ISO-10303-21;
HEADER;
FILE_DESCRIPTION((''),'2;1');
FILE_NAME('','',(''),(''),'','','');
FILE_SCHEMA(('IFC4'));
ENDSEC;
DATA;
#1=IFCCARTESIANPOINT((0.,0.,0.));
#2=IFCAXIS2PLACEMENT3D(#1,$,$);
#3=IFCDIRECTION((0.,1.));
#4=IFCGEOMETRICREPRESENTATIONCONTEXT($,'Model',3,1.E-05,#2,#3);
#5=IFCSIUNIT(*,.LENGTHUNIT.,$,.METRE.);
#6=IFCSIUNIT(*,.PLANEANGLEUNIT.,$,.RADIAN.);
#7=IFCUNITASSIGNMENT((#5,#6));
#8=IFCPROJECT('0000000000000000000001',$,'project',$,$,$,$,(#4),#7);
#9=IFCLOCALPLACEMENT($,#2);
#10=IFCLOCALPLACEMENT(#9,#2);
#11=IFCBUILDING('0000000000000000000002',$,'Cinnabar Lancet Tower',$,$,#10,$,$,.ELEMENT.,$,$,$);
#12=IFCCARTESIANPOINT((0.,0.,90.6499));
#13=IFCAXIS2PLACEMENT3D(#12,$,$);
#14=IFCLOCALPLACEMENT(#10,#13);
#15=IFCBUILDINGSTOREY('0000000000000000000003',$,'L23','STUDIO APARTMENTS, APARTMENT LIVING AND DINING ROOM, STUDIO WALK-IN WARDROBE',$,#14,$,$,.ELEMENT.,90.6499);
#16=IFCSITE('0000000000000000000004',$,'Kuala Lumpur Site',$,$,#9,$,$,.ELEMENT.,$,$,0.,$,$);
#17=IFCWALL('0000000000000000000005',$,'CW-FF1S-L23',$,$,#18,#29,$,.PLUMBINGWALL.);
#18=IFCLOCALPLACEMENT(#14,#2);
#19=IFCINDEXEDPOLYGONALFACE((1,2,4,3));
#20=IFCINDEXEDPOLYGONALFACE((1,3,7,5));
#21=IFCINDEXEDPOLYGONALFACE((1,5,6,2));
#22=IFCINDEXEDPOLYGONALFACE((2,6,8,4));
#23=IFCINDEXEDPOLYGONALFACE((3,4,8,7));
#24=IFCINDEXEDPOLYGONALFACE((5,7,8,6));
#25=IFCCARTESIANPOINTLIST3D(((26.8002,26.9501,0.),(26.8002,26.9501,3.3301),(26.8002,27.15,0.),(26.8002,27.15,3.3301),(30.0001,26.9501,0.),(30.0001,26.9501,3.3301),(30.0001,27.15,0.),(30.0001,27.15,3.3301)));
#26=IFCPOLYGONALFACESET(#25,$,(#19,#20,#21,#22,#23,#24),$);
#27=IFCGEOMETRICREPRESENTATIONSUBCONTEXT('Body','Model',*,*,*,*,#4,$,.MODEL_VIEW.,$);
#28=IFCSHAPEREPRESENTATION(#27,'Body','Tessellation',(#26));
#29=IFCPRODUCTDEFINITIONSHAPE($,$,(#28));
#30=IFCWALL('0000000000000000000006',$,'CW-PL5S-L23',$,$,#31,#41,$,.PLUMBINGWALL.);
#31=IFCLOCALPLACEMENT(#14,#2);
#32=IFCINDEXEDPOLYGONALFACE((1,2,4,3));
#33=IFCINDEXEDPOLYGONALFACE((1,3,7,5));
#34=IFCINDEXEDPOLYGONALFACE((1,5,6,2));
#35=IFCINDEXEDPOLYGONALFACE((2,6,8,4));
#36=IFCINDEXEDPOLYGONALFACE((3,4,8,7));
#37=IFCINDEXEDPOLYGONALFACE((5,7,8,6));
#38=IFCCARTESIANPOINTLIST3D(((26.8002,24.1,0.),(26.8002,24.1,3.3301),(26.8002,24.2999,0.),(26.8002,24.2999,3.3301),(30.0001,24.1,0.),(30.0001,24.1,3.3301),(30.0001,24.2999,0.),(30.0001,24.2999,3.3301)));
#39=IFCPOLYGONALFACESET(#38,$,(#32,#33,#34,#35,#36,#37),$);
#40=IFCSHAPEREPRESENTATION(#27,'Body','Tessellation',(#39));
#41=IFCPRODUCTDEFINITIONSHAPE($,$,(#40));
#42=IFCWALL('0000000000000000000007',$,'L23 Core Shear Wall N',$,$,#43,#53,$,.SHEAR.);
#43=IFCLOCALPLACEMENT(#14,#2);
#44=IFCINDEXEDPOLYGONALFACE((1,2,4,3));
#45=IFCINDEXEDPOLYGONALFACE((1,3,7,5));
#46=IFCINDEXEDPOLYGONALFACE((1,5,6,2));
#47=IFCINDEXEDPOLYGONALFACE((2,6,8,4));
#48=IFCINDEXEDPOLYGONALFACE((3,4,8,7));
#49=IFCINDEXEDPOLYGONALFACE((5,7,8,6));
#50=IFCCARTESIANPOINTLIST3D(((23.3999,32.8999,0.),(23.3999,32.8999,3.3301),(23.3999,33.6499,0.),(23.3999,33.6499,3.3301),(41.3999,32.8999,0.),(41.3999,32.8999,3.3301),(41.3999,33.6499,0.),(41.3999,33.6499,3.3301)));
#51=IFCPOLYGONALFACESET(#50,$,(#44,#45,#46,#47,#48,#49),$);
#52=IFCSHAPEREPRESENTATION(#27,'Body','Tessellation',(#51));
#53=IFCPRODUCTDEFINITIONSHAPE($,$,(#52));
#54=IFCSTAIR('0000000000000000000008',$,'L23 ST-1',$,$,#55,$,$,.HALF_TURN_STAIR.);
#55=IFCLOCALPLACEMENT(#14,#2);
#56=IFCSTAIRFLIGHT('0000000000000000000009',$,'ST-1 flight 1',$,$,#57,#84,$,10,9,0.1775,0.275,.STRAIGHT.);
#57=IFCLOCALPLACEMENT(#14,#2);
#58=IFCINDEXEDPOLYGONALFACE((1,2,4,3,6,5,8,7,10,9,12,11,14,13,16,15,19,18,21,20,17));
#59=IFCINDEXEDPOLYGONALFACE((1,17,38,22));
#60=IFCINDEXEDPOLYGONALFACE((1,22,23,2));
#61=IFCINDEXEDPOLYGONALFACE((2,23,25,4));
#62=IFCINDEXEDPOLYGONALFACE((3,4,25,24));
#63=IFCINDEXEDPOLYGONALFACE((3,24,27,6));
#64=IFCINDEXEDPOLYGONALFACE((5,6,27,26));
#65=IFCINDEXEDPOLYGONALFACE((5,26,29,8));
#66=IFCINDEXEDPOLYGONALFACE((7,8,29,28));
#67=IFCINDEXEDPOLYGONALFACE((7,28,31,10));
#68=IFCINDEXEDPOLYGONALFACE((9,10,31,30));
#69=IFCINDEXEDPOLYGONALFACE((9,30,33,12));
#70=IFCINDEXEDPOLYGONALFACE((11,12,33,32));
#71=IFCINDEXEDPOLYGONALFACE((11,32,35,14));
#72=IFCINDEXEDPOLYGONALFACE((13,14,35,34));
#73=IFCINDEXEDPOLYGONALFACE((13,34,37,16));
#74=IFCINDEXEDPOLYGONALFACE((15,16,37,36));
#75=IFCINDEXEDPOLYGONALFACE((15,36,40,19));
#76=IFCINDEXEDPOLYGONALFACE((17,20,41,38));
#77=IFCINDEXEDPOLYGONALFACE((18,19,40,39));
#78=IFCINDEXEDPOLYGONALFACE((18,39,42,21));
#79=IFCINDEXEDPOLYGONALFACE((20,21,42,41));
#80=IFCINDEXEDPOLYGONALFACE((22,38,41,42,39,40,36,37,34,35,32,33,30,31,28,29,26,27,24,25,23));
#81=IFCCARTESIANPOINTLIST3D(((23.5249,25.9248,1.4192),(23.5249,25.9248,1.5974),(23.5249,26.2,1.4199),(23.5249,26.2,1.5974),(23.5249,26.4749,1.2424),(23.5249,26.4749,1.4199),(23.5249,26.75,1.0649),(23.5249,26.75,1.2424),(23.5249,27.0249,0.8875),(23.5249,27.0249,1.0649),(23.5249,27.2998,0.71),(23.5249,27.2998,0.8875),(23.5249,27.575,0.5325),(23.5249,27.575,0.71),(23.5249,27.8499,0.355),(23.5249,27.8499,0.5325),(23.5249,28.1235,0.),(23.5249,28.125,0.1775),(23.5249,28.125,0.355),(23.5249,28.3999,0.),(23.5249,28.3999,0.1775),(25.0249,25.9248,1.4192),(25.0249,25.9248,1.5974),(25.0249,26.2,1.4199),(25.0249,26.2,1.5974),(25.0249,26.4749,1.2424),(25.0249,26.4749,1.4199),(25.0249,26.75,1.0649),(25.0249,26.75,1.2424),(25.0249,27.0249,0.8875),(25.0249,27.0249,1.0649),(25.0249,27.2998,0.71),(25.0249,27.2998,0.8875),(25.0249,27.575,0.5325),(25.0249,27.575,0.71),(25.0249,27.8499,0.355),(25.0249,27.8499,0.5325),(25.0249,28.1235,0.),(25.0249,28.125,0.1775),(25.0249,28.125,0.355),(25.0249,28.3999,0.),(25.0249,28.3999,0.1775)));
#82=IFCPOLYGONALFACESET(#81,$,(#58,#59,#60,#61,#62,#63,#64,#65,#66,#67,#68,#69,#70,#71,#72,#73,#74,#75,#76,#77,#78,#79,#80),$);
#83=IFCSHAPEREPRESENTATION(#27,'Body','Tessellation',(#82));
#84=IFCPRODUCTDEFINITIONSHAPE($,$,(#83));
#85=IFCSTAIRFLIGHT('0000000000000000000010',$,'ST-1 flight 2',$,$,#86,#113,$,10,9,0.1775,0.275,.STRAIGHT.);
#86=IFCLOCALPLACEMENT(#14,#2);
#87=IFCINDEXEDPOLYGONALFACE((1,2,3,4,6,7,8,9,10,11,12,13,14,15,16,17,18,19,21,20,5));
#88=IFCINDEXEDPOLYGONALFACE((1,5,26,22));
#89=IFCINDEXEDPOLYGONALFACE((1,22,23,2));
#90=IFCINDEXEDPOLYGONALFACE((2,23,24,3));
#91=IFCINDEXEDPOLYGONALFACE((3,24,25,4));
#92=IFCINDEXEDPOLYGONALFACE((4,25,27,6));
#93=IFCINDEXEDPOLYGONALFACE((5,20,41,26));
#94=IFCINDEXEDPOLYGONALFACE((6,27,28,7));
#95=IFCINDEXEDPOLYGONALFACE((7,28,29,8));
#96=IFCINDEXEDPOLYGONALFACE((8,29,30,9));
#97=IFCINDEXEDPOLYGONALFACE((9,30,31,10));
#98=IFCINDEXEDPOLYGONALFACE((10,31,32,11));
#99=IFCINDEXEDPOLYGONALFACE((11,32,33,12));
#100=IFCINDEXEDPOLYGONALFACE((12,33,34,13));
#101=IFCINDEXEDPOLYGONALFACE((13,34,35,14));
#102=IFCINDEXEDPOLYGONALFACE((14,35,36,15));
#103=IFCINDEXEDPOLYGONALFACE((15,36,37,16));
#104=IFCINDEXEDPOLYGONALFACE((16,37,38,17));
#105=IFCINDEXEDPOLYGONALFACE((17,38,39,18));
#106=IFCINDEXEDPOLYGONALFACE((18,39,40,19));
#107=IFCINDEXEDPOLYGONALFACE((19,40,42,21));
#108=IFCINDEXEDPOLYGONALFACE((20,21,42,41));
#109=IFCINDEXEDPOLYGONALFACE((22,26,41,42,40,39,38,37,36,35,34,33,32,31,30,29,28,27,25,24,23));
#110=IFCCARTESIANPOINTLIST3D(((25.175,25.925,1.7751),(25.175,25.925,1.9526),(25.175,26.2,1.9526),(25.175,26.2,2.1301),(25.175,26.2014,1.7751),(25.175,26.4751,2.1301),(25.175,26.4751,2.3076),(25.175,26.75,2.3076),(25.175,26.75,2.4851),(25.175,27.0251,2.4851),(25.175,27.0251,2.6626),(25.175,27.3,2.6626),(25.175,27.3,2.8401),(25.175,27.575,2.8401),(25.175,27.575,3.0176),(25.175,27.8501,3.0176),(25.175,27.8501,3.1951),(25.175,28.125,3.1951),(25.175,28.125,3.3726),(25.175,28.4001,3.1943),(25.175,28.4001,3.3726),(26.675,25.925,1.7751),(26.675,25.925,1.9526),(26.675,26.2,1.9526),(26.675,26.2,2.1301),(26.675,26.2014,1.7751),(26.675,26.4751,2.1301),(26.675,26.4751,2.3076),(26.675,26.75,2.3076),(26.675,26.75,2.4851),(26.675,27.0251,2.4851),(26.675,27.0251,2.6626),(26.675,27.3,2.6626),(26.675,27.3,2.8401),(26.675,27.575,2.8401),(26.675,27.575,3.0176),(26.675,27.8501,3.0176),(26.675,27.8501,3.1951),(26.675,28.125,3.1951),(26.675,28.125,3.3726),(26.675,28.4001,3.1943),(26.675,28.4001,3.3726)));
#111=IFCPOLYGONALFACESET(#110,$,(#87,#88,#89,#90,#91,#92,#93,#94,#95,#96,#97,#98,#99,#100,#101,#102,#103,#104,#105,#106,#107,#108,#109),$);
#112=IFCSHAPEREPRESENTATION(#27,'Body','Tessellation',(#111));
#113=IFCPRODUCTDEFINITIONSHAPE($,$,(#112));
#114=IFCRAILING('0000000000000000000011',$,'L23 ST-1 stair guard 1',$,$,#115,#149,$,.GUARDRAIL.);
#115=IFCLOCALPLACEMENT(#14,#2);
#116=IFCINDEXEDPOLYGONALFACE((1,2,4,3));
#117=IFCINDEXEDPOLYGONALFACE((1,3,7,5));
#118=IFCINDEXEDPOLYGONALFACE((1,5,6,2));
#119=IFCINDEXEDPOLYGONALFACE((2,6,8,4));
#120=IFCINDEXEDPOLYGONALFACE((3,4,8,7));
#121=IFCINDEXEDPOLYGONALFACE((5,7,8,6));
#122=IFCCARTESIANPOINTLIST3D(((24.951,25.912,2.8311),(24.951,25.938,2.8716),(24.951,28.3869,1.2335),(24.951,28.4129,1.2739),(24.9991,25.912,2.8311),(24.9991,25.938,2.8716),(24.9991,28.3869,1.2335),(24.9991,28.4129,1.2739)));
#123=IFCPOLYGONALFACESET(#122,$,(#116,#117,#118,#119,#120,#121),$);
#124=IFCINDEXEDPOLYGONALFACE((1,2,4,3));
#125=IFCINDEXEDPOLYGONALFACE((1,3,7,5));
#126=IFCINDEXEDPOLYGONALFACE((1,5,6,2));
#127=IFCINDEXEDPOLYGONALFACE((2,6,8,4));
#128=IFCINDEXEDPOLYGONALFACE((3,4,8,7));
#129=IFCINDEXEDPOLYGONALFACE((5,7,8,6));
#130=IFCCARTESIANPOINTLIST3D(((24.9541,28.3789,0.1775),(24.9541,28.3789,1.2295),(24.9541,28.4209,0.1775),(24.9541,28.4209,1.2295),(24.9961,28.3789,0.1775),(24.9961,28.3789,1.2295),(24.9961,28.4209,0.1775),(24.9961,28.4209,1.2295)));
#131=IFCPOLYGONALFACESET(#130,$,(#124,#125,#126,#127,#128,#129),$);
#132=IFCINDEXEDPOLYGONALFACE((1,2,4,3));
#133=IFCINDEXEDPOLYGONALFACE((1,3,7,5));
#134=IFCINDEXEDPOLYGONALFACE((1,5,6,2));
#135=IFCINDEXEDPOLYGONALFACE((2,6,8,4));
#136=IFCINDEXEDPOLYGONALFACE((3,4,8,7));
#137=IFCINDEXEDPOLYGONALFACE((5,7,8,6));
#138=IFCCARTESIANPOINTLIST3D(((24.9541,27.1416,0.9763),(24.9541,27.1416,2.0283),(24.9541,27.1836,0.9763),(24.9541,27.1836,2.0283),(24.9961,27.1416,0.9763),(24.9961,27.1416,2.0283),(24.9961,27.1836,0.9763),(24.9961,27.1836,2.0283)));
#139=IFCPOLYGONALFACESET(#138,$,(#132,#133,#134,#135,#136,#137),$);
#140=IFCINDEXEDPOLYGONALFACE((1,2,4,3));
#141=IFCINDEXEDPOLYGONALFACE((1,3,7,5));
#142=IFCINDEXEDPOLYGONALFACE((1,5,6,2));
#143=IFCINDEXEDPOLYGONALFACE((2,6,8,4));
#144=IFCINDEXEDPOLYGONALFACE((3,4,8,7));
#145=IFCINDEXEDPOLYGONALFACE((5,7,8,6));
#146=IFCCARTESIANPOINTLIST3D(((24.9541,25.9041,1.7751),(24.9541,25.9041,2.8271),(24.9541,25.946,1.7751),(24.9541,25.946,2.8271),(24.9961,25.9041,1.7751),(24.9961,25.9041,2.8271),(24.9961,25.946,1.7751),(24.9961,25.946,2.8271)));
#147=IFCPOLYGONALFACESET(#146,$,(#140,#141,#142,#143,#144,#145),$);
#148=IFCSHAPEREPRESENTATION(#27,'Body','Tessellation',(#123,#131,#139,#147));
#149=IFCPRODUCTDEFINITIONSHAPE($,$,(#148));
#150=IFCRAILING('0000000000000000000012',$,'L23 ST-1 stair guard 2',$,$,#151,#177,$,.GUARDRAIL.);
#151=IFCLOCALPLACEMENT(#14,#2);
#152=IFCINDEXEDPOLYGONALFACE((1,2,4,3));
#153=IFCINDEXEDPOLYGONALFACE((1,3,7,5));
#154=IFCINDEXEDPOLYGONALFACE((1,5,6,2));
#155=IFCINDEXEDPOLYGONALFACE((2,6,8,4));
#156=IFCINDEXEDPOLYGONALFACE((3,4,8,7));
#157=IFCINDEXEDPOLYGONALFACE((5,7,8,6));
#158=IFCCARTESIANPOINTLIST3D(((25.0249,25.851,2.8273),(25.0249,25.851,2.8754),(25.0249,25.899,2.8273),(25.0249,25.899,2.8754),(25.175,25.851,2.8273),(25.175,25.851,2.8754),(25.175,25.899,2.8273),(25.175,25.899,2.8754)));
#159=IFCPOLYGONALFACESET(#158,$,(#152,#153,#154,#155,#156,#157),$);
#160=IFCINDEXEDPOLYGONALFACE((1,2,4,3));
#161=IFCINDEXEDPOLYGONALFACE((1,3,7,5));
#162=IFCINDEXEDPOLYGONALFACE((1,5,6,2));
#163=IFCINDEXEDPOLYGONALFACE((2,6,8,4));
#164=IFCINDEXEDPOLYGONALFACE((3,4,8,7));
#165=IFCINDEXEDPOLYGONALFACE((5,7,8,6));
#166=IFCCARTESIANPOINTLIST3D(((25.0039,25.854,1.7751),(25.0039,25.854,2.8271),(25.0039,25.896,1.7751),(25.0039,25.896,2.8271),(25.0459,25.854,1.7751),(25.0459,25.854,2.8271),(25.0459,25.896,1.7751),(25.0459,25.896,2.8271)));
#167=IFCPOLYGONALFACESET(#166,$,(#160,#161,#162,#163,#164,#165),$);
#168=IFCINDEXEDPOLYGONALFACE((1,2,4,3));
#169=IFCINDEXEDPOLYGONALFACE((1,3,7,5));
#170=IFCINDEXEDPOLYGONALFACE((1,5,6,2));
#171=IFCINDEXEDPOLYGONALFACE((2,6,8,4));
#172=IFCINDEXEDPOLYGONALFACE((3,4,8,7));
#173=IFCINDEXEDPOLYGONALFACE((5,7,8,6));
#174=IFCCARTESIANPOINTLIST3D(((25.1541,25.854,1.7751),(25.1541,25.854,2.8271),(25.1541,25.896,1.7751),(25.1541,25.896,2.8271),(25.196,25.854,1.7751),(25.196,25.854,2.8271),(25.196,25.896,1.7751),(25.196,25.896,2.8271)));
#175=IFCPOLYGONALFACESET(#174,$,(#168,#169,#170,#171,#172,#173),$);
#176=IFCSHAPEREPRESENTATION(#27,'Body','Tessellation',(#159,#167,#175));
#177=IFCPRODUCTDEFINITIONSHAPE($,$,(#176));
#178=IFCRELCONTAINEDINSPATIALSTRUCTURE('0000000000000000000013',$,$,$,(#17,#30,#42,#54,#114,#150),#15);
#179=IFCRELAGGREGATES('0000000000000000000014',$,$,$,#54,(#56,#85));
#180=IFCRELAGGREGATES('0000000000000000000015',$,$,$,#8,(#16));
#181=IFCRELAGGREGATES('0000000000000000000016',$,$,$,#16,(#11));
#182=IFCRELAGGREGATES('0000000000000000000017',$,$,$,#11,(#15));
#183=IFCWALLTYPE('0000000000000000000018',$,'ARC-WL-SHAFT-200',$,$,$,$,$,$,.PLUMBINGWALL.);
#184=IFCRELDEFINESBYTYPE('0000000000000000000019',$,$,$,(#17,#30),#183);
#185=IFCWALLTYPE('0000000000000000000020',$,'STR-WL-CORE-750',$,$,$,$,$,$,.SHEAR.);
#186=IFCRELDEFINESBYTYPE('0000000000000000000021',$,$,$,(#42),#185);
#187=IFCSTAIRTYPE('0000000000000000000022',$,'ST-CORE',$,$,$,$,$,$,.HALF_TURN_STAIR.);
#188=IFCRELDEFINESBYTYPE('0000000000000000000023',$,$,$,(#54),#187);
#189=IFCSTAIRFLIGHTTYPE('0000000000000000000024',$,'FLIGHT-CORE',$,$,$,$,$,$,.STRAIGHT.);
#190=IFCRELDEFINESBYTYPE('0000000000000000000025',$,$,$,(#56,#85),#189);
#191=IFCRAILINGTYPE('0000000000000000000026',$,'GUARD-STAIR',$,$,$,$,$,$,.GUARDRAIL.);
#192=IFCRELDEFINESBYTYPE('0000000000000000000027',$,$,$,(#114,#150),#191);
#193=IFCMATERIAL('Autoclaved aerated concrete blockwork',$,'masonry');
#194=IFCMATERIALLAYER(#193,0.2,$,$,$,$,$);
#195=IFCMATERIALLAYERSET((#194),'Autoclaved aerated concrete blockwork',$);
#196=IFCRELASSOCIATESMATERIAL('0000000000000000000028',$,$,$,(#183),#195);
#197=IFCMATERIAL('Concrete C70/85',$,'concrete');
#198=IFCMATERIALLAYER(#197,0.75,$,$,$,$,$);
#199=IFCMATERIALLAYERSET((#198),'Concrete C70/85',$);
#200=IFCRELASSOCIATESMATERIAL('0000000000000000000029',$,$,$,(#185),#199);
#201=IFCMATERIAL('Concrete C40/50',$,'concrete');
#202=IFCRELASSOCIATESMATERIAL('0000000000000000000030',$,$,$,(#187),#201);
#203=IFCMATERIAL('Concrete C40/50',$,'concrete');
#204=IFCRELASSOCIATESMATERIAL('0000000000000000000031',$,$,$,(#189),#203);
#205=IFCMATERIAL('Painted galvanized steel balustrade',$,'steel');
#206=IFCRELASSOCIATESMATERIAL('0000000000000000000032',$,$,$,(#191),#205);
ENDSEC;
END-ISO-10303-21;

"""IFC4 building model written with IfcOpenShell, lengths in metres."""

from ifc_helpers import new_model, si_unit, direction, frame, frame_2d, origin, origin_2d, place, context, subcontext, project, spatial, polyline, rectangle, outline, extrude, material, layer, layer_set, type_object, element, aggregate, save


model = new_model("IFC4")

# Units and contexts
model_context = context("Model", 3, precision=1e-05, world=origin(), true_north=direction((0.0, 1.0)))
body_context = subcontext(model_context, "Body", "Model", "MODEL_VIEW")
ifc_project = project(units=[si_unit("LENGTHUNIT", "METRE"), si_unit("PLANEANGLEUNIT", "RADIAN")], contexts=[model_context])

# Site, building, storey
site_placement = place(None, origin())
site = spatial("IfcSite", under=ifc_project, at=site_placement, Name="Kuala Lumpur Site", CompositionType="ELEMENT", RefElevation=0.0)
building_placement = place(site_placement, origin())
building = spatial("IfcBuilding", under=site, at=building_placement, Name="Cinnabar Lancet Tower", CompositionType="ELEMENT")
storey_placement = place(building_placement, frame((0.0, 0.0, 90.6499)))
storey = spatial("IfcBuildingStorey", under=building, at=storey_placement, Name="L23", Description="STUDIO APARTMENTS, APARTMENT LIVING AND DINING ROOM, STUDIO WALK-IN WARDROBE", CompositionType="ELEMENT", Elevation=90.6499)

# Shared definitions
ifc_material_1 = material(Name="Autoclaved aerated concrete blockwork", Category="masonry")
ifc_layer_1 = layer(ifc_material_1, 0.2)
ifc_layer_set_1 = layer_set([ifc_layer_1], Name="Autoclaved aerated concrete blockwork")
wall_type_1 = type_object("IfcWallType", Name="ARC-WL-SHAFT-200", PredefinedType="PLUMBINGWALL", material=ifc_layer_set_1)

# Walls
for number, where, z_axis, x_axis, name in (
    (1, (26.8, 27.05, 0.0), (0.0, 0.0, 1.0), (1.0, 0.0, 0.0), "CW-FF1S-L23"),
    (2, (26.8, 24.2, 0.0), (0.0, 0.0, 1.0), (1.0, 0.0, 0.0), "CW-PL5S-L23"),
):
    element("IfcWall", number, at=place(storey_placement, frame(where, z_axis=z_axis, x_axis=x_axis)), inside=storey, type_object=wall_type_1, Name=name, PredefinedType="PLUMBINGWALL", context=body_context, shape_type="SweptSolid", body=[
        extrude(rectangle(XDim=3.2, YDim=0.2, at=frame_2d((1.6001, 0.0))), origin(), (0.0, 0.0, 1.0), 3.3301),
    ])
ifc_material_2 = material(Name="Concrete C70/85", Category="concrete")
ifc_layer_2 = layer(ifc_material_2, 0.75)
ifc_layer_set_2 = layer_set([ifc_layer_2], Name="Concrete C70/85")
wall_type_2 = type_object("IfcWallType", Name="STR-WL-CORE-750", PredefinedType="SHEAR", material=ifc_layer_set_2)
wall_1_placement = place(storey_placement, frame((23.3999, 33.2749, 0.0), z_axis=(0.0, 0.0, 1.0), x_axis=(1.0, 0.0, 0.0)))
element("IfcWall", 3, at=wall_1_placement, inside=storey, type_object=wall_type_2, Name="L23 Core Shear Wall N", PredefinedType="SHEAR", context=body_context, shape_type="SweptSolid", body=[
    extrude(rectangle(XDim=18.0, YDim=0.75, at=frame_2d((9.0, 0.0))), origin(), (0.0, 0.0, 1.0), 3.3301),
])

# Stair, stair flights
ifc_material_3 = material(Name="Concrete C40/50", Category="concrete")
stair_type = type_object("IfcStairType", Name="ST-CORE", PredefinedType="HALF_TURN_STAIR", material=ifc_material_3)
stair_placement = place(storey_placement, origin())
stair = element("IfcStair", 4, at=stair_placement, inside=storey, type_object=stair_type, Name="L23 ST-1", PredefinedType="HALF_TURN_STAIR")
ifc_material_4 = material(Name="Concrete C40/50", Category="concrete")
stair_flight_type = type_object("IfcStairFlightType", Name="FLIGHT-CORE", PredefinedType="STRAIGHT", material=ifc_material_4)
stair_flight_1_placement = place(storey_placement, frame((24.2749, 28.3999, 0.0), z_axis=(0.0, 0.0, 1.0), x_axis=(0.0, -1.0, 0.0)))
stair_flight_1 = element("IfcStairFlight", 5, at=stair_flight_1_placement, type_object=stair_flight_type, Name="ST-1 flight 1", NumberOfRisers=10, NumberOfTreads=9, PredefinedType="STRAIGHT", RiserHeight=0.1775, TreadLength=0.275, context=body_context, shape_type="SweptSolid", body=[
    extrude(outline(polyline([(0.0, 0.0), (0.0, 0.1775), (0.2749, 0.1775), (0.2749, 0.355), (0.55, 0.355), (0.55, 0.5325), (0.825, 0.5325), (0.825, 0.71), (1.1001, 0.71), (1.1001, 0.8875), (1.375, 0.8875), (1.375, 1.0649), (1.6499, 1.0649), (1.6499, 1.2424), (1.925, 1.2424), (1.925, 1.4199), (2.2, 1.4199), (2.2, 1.5974), (2.4751, 1.5974), (2.4751, 1.7749), (2.4751, 1.4192), (0.2764, 0.0), (0.0, 0.0)])), frame((0.0, 0.75, 0.0), z_axis=(0.0, -1.0, 0.0), x_axis=(1.0, 0.0, 0.0)), (0.0, 0.0, 1.0), 1.5),
])
stair_flight_2_placement = place(storey_placement, frame((25.925, 25.925, 1.7751), z_axis=(0.0, 0.0, 1.0), x_axis=(0.0, 1.0, 0.0)))
stair_flight_2 = element("IfcStairFlight", 6, at=stair_flight_2_placement, type_object=stair_flight_type, Name="ST-1 flight 2", NumberOfRisers=10, NumberOfTreads=9, PredefinedType="STRAIGHT", RiserHeight=0.1775, TreadLength=0.275, context=body_context, shape_type="SweptSolid", body=[
    extrude(outline(polyline([(0.0, 0.0), (0.0, 0.1775), (0.2749, 0.1775), (0.2749, 0.355), (0.55, 0.355), (0.55, 0.5325), (0.825, 0.5325), (0.825, 0.71), (1.1001, 0.71), (1.1001, 0.8875), (1.375, 0.8875), (1.375, 1.0649), (1.6499, 1.0649), (1.6499, 1.2424), (1.925, 1.2424), (1.925, 1.4199), (2.2, 1.4199), (2.2, 1.5974), (2.4751, 1.5974), (2.4751, 1.7749), (2.4751, 1.4192), (0.2764, 0.0), (0.0, 0.0)])), frame((0.0, 0.75, 0.0), z_axis=(0.0, -1.0, 0.0), x_axis=(1.0, 0.0, 0.0)), (0.0, 0.0, 1.0), 1.5),
])
aggregate(stair, [stair_flight_1, stair_flight_2])

# Railings
ifc_material_5 = material(Name="Painted galvanized steel balustrade", Category="steel")
railing_type_1 = type_object("IfcRailingType", Name="GUARD-STAIR", PredefinedType="GUARDRAIL", material=ifc_material_5)
railing_1_placement = place(storey_placement, frame((24.9751, 28.3999, 0.1775)))
element("IfcRailing", 7, at=railing_1_placement, inside=storey, type_object=railing_type_1, Name="L23 ST-1 stair guard 1", PredefinedType="GUARDRAIL", context=body_context, shape_type="SweptSolid", body=[
    extrude(rectangle(XDim=0.0481, YDim=0.0481, at=origin_2d()), frame((0.0, 0.0, 1.0762), z_axis=(0.0, -0.840146, 0.542361), x_axis=(1.0, 0.0, 0.0)), (0.0, 0.0, 1.0), 2.9458),
    extrude(rectangle(XDim=0.042, YDim=0.042, at=origin_2d()), origin(), (0.0, 0.0, 1.0), 1.052),
    extrude(rectangle(XDim=0.042, YDim=0.042, at=origin_2d()), frame((0.0, -1.2373, 0.7988)), (0.0, 0.0, 1.0), 1.052),
    extrude(rectangle(XDim=0.042, YDim=0.042, at=origin_2d()), frame((0.0, -2.4749, 1.5977)), (0.0, 0.0, 1.0), 1.052),
])
railing_2_placement = place(storey_placement, frame((25.0249, 25.875, 1.7751)))
element("IfcRailing", 8, at=railing_2_placement, inside=storey, type_object=railing_type_1, Name="L23 ST-1 stair guard 2", PredefinedType="GUARDRAIL", context=body_context, shape_type="SweptSolid", body=[
    extrude(rectangle(XDim=0.0481, YDim=0.0481, at=origin_2d()), frame((0.0, 0.0, 1.0762), z_axis=(1.0, 0.0, 0.0), x_axis=(0.0, 1.0, 0.0)), (0.0, 0.0, 1.0), 0.1501),
    extrude(rectangle(XDim=0.042, YDim=0.042, at=origin_2d()), origin(), (0.0, 0.0, 1.0), 1.052),
    extrude(rectangle(XDim=0.042, YDim=0.042, at=origin_2d()), frame((0.1501, 0.0, 0.0)), (0.0, 0.0, 1.0), 1.052),
])

save(model, "model.ifc")
